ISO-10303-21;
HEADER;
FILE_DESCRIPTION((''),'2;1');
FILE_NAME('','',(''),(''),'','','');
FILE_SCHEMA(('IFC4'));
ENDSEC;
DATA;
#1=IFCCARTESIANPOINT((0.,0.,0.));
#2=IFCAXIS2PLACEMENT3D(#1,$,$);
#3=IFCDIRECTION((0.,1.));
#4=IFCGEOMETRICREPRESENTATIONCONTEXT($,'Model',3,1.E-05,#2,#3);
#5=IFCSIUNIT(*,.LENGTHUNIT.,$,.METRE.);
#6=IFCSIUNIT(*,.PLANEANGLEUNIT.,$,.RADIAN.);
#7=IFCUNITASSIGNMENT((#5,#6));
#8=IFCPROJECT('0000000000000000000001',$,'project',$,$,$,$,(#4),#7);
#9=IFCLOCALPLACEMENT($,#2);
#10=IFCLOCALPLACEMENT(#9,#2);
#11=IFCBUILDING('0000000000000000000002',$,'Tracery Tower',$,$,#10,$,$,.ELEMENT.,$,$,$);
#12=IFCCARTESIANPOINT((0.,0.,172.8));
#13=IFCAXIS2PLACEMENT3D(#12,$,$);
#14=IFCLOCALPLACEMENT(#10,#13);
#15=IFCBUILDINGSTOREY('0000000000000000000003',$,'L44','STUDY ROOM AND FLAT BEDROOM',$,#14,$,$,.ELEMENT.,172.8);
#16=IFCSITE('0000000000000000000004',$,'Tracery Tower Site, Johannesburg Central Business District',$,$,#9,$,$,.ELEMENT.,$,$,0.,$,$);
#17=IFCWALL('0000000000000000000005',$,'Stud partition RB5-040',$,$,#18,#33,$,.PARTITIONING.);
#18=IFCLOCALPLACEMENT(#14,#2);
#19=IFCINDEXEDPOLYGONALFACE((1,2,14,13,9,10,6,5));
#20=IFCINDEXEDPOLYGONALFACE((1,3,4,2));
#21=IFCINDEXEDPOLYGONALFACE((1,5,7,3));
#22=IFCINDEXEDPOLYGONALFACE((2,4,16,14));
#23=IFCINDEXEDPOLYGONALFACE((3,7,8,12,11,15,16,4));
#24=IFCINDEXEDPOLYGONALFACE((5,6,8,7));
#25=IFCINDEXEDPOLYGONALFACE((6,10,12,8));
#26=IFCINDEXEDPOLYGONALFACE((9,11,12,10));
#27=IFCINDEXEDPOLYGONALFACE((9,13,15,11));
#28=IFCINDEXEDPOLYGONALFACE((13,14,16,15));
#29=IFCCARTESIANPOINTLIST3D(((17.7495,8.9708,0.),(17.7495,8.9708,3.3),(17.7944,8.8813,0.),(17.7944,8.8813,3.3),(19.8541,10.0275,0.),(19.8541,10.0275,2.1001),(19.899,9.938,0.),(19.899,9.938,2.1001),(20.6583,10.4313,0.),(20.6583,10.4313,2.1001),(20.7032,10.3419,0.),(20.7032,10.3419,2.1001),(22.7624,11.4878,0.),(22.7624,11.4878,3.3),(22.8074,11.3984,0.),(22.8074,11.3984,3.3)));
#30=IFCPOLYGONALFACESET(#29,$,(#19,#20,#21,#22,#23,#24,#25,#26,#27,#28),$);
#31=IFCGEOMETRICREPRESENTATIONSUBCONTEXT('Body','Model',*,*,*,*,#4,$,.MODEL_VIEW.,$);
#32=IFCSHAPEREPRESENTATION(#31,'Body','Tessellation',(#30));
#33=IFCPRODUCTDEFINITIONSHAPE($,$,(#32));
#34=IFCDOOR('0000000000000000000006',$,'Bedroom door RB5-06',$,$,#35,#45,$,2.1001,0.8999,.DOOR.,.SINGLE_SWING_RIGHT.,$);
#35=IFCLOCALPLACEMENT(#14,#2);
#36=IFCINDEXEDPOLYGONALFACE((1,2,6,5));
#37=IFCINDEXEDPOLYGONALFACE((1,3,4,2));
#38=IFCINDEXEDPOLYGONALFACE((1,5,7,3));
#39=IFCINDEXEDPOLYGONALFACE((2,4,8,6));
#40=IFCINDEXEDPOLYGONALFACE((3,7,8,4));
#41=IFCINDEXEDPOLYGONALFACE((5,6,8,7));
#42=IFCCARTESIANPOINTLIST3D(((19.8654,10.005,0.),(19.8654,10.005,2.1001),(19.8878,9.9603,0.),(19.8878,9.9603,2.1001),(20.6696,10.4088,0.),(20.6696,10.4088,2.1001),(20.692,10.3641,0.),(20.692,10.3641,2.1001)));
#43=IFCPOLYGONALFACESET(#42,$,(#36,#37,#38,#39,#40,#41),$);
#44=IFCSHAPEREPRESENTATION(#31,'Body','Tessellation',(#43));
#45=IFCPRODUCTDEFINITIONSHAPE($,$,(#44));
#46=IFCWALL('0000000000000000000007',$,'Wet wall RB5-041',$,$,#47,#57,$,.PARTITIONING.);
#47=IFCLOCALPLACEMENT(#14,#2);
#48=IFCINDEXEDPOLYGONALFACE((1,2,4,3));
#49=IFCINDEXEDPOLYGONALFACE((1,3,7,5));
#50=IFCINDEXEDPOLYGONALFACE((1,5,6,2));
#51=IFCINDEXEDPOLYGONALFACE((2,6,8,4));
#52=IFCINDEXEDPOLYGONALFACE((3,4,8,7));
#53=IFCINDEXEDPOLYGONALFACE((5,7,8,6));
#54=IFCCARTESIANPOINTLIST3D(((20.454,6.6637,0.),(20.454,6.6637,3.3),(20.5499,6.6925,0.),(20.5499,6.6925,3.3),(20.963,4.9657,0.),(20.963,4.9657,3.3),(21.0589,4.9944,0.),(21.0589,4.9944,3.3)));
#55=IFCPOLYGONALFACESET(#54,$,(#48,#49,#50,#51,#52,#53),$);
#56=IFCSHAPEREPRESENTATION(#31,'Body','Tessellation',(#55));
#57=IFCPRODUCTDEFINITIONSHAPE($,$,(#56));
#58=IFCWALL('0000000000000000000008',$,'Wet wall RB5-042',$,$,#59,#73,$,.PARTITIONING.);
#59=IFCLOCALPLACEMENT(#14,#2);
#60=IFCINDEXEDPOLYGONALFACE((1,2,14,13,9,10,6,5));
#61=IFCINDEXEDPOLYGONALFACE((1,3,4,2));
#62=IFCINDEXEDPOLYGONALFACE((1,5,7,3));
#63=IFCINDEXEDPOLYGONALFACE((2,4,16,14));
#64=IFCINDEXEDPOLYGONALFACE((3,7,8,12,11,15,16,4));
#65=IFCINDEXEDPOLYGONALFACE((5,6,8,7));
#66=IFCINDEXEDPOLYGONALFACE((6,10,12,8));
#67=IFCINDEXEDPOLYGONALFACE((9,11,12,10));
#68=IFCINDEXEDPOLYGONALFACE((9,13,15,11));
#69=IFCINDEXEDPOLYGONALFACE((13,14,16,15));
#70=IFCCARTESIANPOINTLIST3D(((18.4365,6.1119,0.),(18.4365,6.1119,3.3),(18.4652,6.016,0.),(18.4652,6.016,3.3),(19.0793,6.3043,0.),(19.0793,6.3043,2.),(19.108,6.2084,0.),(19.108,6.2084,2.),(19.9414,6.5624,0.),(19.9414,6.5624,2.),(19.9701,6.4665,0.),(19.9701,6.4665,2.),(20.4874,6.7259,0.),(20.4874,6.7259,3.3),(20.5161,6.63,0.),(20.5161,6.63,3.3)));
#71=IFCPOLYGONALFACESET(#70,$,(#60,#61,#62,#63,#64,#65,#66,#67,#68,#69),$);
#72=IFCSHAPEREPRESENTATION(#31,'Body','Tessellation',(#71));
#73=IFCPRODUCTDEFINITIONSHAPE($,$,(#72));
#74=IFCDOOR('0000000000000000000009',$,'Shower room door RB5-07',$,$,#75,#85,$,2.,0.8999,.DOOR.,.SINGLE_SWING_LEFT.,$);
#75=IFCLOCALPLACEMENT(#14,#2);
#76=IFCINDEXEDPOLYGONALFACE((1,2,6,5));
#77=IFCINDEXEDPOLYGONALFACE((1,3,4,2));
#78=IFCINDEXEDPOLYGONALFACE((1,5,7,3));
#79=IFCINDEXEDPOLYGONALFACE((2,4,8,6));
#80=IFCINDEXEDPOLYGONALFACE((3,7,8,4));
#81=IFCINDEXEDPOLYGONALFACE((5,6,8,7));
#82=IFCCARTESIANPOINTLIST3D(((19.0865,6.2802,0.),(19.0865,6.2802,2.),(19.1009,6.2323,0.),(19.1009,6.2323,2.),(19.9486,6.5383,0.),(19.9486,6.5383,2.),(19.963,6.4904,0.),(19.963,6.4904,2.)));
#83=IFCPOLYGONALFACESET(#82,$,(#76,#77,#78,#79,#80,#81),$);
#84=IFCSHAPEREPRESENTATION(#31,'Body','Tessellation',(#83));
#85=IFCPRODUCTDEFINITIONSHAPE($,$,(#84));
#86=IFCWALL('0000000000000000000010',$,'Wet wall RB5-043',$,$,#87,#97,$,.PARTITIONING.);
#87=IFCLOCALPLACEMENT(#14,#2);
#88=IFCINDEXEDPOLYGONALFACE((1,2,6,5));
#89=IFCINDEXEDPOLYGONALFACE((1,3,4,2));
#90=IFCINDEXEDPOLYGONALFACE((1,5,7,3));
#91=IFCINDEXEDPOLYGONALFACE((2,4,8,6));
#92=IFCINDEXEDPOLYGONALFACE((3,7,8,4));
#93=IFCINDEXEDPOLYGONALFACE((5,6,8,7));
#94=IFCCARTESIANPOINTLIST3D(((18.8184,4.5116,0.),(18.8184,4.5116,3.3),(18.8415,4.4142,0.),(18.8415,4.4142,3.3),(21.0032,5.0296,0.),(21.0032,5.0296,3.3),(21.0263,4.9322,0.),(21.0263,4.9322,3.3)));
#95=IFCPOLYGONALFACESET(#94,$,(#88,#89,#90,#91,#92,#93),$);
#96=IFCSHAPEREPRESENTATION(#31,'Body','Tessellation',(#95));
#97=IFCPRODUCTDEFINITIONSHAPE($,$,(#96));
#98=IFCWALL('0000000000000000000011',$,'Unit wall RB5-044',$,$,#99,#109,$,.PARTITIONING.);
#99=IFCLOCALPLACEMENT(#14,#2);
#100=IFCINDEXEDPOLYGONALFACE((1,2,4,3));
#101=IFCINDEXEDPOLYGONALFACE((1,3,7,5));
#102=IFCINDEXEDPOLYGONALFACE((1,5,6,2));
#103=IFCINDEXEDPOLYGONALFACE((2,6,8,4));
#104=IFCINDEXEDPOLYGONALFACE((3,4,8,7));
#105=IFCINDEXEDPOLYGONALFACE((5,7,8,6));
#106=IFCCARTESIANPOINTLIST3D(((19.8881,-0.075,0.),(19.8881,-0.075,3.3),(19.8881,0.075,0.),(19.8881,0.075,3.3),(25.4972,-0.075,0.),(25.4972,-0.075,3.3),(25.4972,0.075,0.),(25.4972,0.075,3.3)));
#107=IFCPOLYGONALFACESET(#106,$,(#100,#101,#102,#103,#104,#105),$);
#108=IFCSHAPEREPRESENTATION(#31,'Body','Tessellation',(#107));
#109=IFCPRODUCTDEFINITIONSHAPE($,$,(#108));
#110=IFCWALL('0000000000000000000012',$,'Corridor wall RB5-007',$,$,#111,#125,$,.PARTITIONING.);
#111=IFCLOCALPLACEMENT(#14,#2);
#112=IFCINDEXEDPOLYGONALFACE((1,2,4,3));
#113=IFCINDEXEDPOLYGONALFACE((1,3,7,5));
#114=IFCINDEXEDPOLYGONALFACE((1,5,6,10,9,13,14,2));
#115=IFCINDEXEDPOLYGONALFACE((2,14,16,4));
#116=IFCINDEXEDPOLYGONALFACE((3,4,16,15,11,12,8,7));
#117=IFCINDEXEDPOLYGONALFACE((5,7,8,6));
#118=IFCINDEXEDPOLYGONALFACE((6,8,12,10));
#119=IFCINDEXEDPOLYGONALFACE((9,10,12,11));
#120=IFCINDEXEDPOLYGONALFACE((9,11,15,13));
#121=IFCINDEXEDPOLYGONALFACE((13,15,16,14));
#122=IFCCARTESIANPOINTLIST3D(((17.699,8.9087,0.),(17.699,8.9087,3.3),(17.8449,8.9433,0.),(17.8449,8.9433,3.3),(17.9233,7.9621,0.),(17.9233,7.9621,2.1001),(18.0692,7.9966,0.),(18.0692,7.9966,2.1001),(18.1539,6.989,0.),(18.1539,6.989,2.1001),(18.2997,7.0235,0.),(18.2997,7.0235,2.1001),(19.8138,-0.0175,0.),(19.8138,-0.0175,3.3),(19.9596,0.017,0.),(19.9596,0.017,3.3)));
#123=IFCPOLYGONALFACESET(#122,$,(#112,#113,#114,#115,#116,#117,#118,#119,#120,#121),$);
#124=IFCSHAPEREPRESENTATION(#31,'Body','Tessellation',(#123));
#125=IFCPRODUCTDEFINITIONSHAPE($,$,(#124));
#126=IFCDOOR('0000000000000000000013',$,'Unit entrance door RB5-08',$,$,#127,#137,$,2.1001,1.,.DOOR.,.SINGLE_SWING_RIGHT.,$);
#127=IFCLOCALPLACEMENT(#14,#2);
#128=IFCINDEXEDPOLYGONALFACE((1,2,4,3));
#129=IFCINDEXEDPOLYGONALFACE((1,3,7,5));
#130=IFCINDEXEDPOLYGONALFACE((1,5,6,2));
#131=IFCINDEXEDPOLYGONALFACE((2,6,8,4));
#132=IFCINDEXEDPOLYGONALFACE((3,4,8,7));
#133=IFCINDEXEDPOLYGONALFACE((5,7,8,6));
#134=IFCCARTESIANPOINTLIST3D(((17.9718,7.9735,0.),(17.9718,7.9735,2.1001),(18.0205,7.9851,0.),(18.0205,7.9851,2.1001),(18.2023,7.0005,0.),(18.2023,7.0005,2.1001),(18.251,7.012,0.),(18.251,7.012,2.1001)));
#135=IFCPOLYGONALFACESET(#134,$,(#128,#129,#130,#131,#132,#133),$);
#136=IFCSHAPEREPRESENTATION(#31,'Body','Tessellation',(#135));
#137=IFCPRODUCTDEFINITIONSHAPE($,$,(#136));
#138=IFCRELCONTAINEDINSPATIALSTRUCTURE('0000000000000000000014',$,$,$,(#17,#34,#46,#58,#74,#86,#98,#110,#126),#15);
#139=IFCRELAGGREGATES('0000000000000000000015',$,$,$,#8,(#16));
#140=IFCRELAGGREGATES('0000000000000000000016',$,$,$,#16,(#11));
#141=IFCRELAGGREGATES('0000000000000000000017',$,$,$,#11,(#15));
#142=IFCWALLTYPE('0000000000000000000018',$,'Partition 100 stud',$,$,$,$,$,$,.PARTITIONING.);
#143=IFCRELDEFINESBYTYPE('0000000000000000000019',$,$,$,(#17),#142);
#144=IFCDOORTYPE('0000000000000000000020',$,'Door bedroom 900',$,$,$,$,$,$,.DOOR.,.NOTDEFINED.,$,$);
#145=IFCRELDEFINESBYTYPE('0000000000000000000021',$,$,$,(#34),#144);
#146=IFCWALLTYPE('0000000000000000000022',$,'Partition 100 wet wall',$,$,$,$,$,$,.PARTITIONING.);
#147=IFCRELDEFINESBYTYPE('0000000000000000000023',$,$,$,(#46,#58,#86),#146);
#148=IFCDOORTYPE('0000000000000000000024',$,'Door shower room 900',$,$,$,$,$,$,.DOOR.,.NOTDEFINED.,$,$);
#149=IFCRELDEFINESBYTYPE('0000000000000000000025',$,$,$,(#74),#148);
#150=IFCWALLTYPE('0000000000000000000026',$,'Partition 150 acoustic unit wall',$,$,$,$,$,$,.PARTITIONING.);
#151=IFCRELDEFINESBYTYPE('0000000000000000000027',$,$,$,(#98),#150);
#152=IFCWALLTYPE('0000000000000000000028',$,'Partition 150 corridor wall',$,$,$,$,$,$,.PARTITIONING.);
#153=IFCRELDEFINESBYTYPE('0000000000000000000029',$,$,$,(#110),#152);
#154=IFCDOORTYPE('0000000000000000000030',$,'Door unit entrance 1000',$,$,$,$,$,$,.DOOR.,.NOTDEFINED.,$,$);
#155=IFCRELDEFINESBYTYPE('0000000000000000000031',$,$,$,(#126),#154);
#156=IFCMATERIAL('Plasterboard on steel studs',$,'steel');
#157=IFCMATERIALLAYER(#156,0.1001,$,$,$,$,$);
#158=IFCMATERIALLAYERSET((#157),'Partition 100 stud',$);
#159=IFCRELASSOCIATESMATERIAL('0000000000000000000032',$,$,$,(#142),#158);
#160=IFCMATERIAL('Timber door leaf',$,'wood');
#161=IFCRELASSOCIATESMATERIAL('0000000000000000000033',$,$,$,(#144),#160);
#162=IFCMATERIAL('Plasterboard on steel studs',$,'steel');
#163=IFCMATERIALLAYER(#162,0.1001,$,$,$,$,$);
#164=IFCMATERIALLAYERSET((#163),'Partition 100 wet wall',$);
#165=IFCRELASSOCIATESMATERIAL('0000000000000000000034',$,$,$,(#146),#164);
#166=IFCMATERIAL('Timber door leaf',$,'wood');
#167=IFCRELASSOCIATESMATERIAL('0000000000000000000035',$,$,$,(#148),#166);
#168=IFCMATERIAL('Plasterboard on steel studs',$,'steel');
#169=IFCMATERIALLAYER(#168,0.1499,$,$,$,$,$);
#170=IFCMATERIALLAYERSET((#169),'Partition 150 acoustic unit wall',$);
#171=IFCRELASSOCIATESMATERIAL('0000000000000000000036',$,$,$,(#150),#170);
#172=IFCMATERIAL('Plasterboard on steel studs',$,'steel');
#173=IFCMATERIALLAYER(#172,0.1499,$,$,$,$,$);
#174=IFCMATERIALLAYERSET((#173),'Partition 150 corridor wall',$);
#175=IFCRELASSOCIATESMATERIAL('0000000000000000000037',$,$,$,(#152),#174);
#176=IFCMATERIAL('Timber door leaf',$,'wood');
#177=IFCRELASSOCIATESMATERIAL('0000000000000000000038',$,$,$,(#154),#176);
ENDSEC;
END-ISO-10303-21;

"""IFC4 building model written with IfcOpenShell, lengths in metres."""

from ifc_helpers import new_model, si_unit, direction, frame, frame_2d, origin, place, context, subcontext, project, spatial, rectangle, extrude, material, layer, layer_set, type_object, element, fill, save


model = new_model("IFC4")

# Units and contexts
model_context = context("Model", 3, precision=1e-05, world=origin(), true_north=direction((0.0, 1.0)))
body_context = subcontext(model_context, "Body", "Model", "MODEL_VIEW")
ifc_project = project(units=[si_unit("LENGTHUNIT", "METRE"), si_unit("PLANEANGLEUNIT", "RADIAN")], contexts=[model_context])

# Site, building, storey
site_placement = place(None, origin())
site = spatial("IfcSite", under=ifc_project, at=site_placement, Name="Tracery Tower Site, Johannesburg Central Business District", CompositionType="ELEMENT", RefElevation=0.0)
building_placement = place(site_placement, origin())
building = spatial("IfcBuilding", under=site, at=building_placement, Name="Tracery Tower", CompositionType="ELEMENT")
storey_placement = place(building_placement, frame((0.0, 0.0, 172.8)))
storey = spatial("IfcBuildingStorey", under=building, at=storey_placement, Name="L44", Description="STUDY ROOM AND FLAT BEDROOM", CompositionType="ELEMENT", Elevation=172.8)

# Wall, opening, door
ifc_material_1 = material(Name="Plasterboard on steel studs", Category="steel")
ifc_layer_1 = layer(ifc_material_1, 0.1001)
ifc_layer_set_1 = layer_set([ifc_layer_1], Name="Partition 100 stud")
wall_type_1 = type_object("IfcWallType", Name="Partition 100 stud", PredefinedType="PARTITIONING", material=ifc_layer_set_1)
ifc_material_2 = material(Name="Timber door leaf", Category="wood")
door_type_1 = type_object("IfcDoorType", Name="Door bedroom 900", OperationType="NOTDEFINED", PredefinedType="DOOR", material=ifc_material_2)
wall_1_placement = place(storey_placement, frame((17.772, 8.926, 0.0), z_axis=(0.0, 0.0, 1.0), x_axis=(0.893669, 0.448728, 0.0)))
wall_1 = element("IfcWall", 1, at=wall_1_placement, inside=storey, type_object=wall_type_1, Name="Stud partition RB5-040", PredefinedType="PARTITIONING", context=body_context, shape_type="SweptSolid", body=[
    extrude(rectangle(XDim=5.6094, YDim=0.1001, at=frame_2d((2.8047, 0.0))), origin(), (0.0, 0.0, 1.0), 3.3),
])
opening_1_placement = place(wall_1_placement, frame((2.355, 0.0, 0.0)))
opening_1 = element("IfcOpeningElement", 2, at=opening_1_placement, cuts=wall_1, PredefinedType="OPENING", context=body_context, shape_type="SweptSolid", body=[
    extrude(rectangle(XDim=0.8999, YDim=2.1001, at=frame_2d((0.45, 1.05))), frame((0.0, 0.05, 0.0), z_axis=(0.0, -1.0, 0.0), x_axis=(1.0, 0.0, 0.0)), (0.0, 0.0, 1.0), 0.1001),
])
door_1_placement = place(opening_1_placement, origin())
door_1 = element("IfcDoor", 3, at=door_1_placement, inside=storey, type_object=door_type_1, Name="Bedroom door RB5-06", OperationType="SINGLE_SWING_RIGHT", OverallHeight=2.1001, OverallWidth=0.8999, PredefinedType="DOOR", context=body_context, shape_type="SweptSolid", body=[
    extrude(rectangle(XDim=0.8999, YDim=2.1001, at=frame_2d((0.45, 1.05))), frame((0.0, 0.0249, 0.0), z_axis=(0.0, -1.0, 0.0), x_axis=(1.0, 0.0, 0.0)), (0.0, 0.0, 1.0), 0.05),
])
fill(opening_1, door_1)

# Wall
ifc_material_3 = material(Name="Plasterboard on steel studs", Category="steel")
ifc_layer_2 = layer(ifc_material_3, 0.1001)
ifc_layer_set_2 = layer_set([ifc_layer_2], Name="Partition 100 wet wall")
wall_type_2 = type_object("IfcWallType", Name="Partition 100 wet wall", PredefinedType="PARTITIONING", material=ifc_layer_set_2)
wall_2_placement = place(storey_placement, frame((20.502, 6.678, 0.0), z_axis=(0.0, 0.0, 1.0), x_axis=(0.287158, -0.957883, 0.0)))
element("IfcWall", 4, at=wall_2_placement, inside=storey, type_object=wall_type_2, Name="Wet wall RB5-041", PredefinedType="PARTITIONING", context=body_context, shape_type="SweptSolid", body=[
    extrude(rectangle(XDim=1.7727, YDim=0.1001, at=frame_2d((0.8862, 0.0))), origin(), (0.0, 0.0, 1.0), 3.3),
])

# Wall, opening, door
wall_3_placement = place(storey_placement, frame((18.4509, 6.064, 0.0), z_axis=(0.0, 0.0, 1.0), x_axis=(0.957992, 0.286793, 0.0)))
wall_3 = element("IfcWall", 5, at=wall_3_placement, inside=storey, type_object=wall_type_2, Name="Wet wall RB5-042", PredefinedType="PARTITIONING", context=body_context, shape_type="SweptSolid", body=[
    extrude(rectangle(XDim=2.1409, YDim=0.1001, at=frame_2d((1.0703, 0.0))), origin(), (0.0, 0.0, 1.0), 3.3),
])
opening_2_placement = place(wall_3_placement, frame((0.6709, 0.0, 0.0)))
opening_2 = element("IfcOpeningElement", 6, at=opening_2_placement, cuts=wall_3, PredefinedType="OPENING", context=body_context, shape_type="SweptSolid", body=[
    extrude(rectangle(XDim=0.8999, YDim=2.0, at=frame_2d((0.45, 1.0))), frame((0.0, 0.05, 0.0), z_axis=(0.0, -1.0, 0.0), x_axis=(1.0, 0.0, 0.0)), (0.0, 0.0, 1.0), 0.1001),
])
ifc_material_4 = material(Name="Timber door leaf", Category="wood")
door_type_2 = type_object("IfcDoorType", Name="Door shower room 900", OperationType="NOTDEFINED", PredefinedType="DOOR", material=ifc_material_4)
door_2_placement = place(opening_2_placement, origin())
door_2 = element("IfcDoor", 7, at=door_2_placement, inside=storey, type_object=door_type_2, Name="Shower room door RB5-07", OperationType="SINGLE_SWING_LEFT", OverallHeight=2.0, OverallWidth=0.8999, PredefinedType="DOOR", context=body_context, shape_type="SweptSolid", body=[
    extrude(rectangle(XDim=0.8999, YDim=2.0, at=frame_2d((0.45, 1.0))), frame((0.0, 0.0249, 0.0), z_axis=(0.0, -1.0, 0.0), x_axis=(1.0, 0.0, 0.0)), (0.0, 0.0, 1.0), 0.05),
])
fill(opening_2, door_2)

# Walls
wall_4_placement = place(storey_placement, frame((18.8301, 4.4629, 0.0), z_axis=(0.0, 0.0, 1.0), x_axis=(0.973019, 0.230724, 0.0)))
element("IfcWall", 8, at=wall_4_placement, inside=storey, type_object=wall_type_2, Name="Wet wall RB5-043", PredefinedType="PARTITIONING", context=body_context, shape_type="SweptSolid", body=[
    extrude(rectangle(XDim=2.2454, YDim=0.1001, at=frame_2d((1.1226, 0.0))), origin(), (0.0, 0.0, 1.0), 3.3),
])
ifc_material_5 = material(Name="Plasterboard on steel studs", Category="steel")
ifc_layer_3 = layer(ifc_material_5, 0.1499)
ifc_layer_set_3 = layer_set([ifc_layer_3], Name="Partition 150 acoustic unit wall")
wall_type_3 = type_object("IfcWallType", Name="Partition 150 acoustic unit wall", PredefinedType="PARTITIONING", material=ifc_layer_set_3)
wall_5_placement = place(storey_placement, frame((19.8879, 0.0, 0.0), z_axis=(0.0, 0.0, 1.0), x_axis=(1.0, 0.0, 0.0)))
element("IfcWall", 9, at=wall_5_placement, inside=storey, type_object=wall_type_3, Name="Unit wall RB5-044", PredefinedType="PARTITIONING", context=body_context, shape_type="SweptSolid", body=[
    extrude(rectangle(XDim=5.6091, YDim=0.1499, at=frame_2d((2.8047, 0.0))), origin(), (0.0, 0.0, 1.0), 3.3),
])

# Wall, opening, door
ifc_material_6 = material(Name="Plasterboard on steel studs", Category="steel")
ifc_layer_4 = layer(ifc_material_6, 0.1499)
ifc_layer_set_4 = layer_set([ifc_layer_4], Name="Partition 150 corridor wall")
wall_type_4 = type_object("IfcWallType", Name="Partition 150 corridor wall", PredefinedType="PARTITIONING", material=ifc_layer_set_4)
wall_6_placement = place(storey_placement, frame((17.772, 8.926, 0.0), z_axis=(0.0, 0.0, 1.0), x_axis=(0.230531, -0.973065, 0.0)))
wall_6 = element("IfcWall", 10, at=wall_6_placement, inside=storey, type_object=wall_type_4, Name="Corridor wall RB5-007", PredefinedType="PARTITIONING", context=body_context, shape_type="SweptSolid", body=[
    extrude(rectangle(XDim=9.1733, YDim=0.1499, at=frame_2d((4.5867, 0.0))), origin(), (0.0, 0.0, 1.0), 3.3),
])
opening_3_placement = place(wall_6_placement, frame((0.9729, 0.0, 0.0)))
opening_3 = element("IfcOpeningElement", 11, at=opening_3_placement, cuts=wall_6, PredefinedType="OPENING", context=body_context, shape_type="SweptSolid", body=[
    extrude(rectangle(XDim=1.0, YDim=2.1001, at=frame_2d((0.5, 1.05))), frame((0.0, 0.075, 0.0), z_axis=(0.0, -1.0, 0.0), x_axis=(1.0, 0.0, 0.0)), (0.0, 0.0, 1.0), 0.1499),
])
ifc_material_7 = material(Name="Timber door leaf", Category="wood")
door_type_3 = type_object("IfcDoorType", Name="Door unit entrance 1000", OperationType="NOTDEFINED", PredefinedType="DOOR", material=ifc_material_7)
door_3_placement = place(opening_3_placement, origin())
door_3 = element("IfcDoor", 12, at=door_3_placement, inside=storey, type_object=door_type_3, Name="Unit entrance door RB5-08", OperationType="SINGLE_SWING_RIGHT", OverallHeight=2.1001, OverallWidth=1.0, PredefinedType="DOOR", context=body_context, shape_type="SweptSolid", body=[
    extrude(rectangle(XDim=1.0, YDim=2.1001, at=frame_2d((0.5, 1.05))), frame((0.0, 0.0249, 0.0), z_axis=(0.0, -1.0, 0.0), x_axis=(1.0, 0.0, 0.0)), (0.0, 0.0, 1.0), 0.05),
])
fill(opening_3, door_3)

save(model, "model.ifc")
